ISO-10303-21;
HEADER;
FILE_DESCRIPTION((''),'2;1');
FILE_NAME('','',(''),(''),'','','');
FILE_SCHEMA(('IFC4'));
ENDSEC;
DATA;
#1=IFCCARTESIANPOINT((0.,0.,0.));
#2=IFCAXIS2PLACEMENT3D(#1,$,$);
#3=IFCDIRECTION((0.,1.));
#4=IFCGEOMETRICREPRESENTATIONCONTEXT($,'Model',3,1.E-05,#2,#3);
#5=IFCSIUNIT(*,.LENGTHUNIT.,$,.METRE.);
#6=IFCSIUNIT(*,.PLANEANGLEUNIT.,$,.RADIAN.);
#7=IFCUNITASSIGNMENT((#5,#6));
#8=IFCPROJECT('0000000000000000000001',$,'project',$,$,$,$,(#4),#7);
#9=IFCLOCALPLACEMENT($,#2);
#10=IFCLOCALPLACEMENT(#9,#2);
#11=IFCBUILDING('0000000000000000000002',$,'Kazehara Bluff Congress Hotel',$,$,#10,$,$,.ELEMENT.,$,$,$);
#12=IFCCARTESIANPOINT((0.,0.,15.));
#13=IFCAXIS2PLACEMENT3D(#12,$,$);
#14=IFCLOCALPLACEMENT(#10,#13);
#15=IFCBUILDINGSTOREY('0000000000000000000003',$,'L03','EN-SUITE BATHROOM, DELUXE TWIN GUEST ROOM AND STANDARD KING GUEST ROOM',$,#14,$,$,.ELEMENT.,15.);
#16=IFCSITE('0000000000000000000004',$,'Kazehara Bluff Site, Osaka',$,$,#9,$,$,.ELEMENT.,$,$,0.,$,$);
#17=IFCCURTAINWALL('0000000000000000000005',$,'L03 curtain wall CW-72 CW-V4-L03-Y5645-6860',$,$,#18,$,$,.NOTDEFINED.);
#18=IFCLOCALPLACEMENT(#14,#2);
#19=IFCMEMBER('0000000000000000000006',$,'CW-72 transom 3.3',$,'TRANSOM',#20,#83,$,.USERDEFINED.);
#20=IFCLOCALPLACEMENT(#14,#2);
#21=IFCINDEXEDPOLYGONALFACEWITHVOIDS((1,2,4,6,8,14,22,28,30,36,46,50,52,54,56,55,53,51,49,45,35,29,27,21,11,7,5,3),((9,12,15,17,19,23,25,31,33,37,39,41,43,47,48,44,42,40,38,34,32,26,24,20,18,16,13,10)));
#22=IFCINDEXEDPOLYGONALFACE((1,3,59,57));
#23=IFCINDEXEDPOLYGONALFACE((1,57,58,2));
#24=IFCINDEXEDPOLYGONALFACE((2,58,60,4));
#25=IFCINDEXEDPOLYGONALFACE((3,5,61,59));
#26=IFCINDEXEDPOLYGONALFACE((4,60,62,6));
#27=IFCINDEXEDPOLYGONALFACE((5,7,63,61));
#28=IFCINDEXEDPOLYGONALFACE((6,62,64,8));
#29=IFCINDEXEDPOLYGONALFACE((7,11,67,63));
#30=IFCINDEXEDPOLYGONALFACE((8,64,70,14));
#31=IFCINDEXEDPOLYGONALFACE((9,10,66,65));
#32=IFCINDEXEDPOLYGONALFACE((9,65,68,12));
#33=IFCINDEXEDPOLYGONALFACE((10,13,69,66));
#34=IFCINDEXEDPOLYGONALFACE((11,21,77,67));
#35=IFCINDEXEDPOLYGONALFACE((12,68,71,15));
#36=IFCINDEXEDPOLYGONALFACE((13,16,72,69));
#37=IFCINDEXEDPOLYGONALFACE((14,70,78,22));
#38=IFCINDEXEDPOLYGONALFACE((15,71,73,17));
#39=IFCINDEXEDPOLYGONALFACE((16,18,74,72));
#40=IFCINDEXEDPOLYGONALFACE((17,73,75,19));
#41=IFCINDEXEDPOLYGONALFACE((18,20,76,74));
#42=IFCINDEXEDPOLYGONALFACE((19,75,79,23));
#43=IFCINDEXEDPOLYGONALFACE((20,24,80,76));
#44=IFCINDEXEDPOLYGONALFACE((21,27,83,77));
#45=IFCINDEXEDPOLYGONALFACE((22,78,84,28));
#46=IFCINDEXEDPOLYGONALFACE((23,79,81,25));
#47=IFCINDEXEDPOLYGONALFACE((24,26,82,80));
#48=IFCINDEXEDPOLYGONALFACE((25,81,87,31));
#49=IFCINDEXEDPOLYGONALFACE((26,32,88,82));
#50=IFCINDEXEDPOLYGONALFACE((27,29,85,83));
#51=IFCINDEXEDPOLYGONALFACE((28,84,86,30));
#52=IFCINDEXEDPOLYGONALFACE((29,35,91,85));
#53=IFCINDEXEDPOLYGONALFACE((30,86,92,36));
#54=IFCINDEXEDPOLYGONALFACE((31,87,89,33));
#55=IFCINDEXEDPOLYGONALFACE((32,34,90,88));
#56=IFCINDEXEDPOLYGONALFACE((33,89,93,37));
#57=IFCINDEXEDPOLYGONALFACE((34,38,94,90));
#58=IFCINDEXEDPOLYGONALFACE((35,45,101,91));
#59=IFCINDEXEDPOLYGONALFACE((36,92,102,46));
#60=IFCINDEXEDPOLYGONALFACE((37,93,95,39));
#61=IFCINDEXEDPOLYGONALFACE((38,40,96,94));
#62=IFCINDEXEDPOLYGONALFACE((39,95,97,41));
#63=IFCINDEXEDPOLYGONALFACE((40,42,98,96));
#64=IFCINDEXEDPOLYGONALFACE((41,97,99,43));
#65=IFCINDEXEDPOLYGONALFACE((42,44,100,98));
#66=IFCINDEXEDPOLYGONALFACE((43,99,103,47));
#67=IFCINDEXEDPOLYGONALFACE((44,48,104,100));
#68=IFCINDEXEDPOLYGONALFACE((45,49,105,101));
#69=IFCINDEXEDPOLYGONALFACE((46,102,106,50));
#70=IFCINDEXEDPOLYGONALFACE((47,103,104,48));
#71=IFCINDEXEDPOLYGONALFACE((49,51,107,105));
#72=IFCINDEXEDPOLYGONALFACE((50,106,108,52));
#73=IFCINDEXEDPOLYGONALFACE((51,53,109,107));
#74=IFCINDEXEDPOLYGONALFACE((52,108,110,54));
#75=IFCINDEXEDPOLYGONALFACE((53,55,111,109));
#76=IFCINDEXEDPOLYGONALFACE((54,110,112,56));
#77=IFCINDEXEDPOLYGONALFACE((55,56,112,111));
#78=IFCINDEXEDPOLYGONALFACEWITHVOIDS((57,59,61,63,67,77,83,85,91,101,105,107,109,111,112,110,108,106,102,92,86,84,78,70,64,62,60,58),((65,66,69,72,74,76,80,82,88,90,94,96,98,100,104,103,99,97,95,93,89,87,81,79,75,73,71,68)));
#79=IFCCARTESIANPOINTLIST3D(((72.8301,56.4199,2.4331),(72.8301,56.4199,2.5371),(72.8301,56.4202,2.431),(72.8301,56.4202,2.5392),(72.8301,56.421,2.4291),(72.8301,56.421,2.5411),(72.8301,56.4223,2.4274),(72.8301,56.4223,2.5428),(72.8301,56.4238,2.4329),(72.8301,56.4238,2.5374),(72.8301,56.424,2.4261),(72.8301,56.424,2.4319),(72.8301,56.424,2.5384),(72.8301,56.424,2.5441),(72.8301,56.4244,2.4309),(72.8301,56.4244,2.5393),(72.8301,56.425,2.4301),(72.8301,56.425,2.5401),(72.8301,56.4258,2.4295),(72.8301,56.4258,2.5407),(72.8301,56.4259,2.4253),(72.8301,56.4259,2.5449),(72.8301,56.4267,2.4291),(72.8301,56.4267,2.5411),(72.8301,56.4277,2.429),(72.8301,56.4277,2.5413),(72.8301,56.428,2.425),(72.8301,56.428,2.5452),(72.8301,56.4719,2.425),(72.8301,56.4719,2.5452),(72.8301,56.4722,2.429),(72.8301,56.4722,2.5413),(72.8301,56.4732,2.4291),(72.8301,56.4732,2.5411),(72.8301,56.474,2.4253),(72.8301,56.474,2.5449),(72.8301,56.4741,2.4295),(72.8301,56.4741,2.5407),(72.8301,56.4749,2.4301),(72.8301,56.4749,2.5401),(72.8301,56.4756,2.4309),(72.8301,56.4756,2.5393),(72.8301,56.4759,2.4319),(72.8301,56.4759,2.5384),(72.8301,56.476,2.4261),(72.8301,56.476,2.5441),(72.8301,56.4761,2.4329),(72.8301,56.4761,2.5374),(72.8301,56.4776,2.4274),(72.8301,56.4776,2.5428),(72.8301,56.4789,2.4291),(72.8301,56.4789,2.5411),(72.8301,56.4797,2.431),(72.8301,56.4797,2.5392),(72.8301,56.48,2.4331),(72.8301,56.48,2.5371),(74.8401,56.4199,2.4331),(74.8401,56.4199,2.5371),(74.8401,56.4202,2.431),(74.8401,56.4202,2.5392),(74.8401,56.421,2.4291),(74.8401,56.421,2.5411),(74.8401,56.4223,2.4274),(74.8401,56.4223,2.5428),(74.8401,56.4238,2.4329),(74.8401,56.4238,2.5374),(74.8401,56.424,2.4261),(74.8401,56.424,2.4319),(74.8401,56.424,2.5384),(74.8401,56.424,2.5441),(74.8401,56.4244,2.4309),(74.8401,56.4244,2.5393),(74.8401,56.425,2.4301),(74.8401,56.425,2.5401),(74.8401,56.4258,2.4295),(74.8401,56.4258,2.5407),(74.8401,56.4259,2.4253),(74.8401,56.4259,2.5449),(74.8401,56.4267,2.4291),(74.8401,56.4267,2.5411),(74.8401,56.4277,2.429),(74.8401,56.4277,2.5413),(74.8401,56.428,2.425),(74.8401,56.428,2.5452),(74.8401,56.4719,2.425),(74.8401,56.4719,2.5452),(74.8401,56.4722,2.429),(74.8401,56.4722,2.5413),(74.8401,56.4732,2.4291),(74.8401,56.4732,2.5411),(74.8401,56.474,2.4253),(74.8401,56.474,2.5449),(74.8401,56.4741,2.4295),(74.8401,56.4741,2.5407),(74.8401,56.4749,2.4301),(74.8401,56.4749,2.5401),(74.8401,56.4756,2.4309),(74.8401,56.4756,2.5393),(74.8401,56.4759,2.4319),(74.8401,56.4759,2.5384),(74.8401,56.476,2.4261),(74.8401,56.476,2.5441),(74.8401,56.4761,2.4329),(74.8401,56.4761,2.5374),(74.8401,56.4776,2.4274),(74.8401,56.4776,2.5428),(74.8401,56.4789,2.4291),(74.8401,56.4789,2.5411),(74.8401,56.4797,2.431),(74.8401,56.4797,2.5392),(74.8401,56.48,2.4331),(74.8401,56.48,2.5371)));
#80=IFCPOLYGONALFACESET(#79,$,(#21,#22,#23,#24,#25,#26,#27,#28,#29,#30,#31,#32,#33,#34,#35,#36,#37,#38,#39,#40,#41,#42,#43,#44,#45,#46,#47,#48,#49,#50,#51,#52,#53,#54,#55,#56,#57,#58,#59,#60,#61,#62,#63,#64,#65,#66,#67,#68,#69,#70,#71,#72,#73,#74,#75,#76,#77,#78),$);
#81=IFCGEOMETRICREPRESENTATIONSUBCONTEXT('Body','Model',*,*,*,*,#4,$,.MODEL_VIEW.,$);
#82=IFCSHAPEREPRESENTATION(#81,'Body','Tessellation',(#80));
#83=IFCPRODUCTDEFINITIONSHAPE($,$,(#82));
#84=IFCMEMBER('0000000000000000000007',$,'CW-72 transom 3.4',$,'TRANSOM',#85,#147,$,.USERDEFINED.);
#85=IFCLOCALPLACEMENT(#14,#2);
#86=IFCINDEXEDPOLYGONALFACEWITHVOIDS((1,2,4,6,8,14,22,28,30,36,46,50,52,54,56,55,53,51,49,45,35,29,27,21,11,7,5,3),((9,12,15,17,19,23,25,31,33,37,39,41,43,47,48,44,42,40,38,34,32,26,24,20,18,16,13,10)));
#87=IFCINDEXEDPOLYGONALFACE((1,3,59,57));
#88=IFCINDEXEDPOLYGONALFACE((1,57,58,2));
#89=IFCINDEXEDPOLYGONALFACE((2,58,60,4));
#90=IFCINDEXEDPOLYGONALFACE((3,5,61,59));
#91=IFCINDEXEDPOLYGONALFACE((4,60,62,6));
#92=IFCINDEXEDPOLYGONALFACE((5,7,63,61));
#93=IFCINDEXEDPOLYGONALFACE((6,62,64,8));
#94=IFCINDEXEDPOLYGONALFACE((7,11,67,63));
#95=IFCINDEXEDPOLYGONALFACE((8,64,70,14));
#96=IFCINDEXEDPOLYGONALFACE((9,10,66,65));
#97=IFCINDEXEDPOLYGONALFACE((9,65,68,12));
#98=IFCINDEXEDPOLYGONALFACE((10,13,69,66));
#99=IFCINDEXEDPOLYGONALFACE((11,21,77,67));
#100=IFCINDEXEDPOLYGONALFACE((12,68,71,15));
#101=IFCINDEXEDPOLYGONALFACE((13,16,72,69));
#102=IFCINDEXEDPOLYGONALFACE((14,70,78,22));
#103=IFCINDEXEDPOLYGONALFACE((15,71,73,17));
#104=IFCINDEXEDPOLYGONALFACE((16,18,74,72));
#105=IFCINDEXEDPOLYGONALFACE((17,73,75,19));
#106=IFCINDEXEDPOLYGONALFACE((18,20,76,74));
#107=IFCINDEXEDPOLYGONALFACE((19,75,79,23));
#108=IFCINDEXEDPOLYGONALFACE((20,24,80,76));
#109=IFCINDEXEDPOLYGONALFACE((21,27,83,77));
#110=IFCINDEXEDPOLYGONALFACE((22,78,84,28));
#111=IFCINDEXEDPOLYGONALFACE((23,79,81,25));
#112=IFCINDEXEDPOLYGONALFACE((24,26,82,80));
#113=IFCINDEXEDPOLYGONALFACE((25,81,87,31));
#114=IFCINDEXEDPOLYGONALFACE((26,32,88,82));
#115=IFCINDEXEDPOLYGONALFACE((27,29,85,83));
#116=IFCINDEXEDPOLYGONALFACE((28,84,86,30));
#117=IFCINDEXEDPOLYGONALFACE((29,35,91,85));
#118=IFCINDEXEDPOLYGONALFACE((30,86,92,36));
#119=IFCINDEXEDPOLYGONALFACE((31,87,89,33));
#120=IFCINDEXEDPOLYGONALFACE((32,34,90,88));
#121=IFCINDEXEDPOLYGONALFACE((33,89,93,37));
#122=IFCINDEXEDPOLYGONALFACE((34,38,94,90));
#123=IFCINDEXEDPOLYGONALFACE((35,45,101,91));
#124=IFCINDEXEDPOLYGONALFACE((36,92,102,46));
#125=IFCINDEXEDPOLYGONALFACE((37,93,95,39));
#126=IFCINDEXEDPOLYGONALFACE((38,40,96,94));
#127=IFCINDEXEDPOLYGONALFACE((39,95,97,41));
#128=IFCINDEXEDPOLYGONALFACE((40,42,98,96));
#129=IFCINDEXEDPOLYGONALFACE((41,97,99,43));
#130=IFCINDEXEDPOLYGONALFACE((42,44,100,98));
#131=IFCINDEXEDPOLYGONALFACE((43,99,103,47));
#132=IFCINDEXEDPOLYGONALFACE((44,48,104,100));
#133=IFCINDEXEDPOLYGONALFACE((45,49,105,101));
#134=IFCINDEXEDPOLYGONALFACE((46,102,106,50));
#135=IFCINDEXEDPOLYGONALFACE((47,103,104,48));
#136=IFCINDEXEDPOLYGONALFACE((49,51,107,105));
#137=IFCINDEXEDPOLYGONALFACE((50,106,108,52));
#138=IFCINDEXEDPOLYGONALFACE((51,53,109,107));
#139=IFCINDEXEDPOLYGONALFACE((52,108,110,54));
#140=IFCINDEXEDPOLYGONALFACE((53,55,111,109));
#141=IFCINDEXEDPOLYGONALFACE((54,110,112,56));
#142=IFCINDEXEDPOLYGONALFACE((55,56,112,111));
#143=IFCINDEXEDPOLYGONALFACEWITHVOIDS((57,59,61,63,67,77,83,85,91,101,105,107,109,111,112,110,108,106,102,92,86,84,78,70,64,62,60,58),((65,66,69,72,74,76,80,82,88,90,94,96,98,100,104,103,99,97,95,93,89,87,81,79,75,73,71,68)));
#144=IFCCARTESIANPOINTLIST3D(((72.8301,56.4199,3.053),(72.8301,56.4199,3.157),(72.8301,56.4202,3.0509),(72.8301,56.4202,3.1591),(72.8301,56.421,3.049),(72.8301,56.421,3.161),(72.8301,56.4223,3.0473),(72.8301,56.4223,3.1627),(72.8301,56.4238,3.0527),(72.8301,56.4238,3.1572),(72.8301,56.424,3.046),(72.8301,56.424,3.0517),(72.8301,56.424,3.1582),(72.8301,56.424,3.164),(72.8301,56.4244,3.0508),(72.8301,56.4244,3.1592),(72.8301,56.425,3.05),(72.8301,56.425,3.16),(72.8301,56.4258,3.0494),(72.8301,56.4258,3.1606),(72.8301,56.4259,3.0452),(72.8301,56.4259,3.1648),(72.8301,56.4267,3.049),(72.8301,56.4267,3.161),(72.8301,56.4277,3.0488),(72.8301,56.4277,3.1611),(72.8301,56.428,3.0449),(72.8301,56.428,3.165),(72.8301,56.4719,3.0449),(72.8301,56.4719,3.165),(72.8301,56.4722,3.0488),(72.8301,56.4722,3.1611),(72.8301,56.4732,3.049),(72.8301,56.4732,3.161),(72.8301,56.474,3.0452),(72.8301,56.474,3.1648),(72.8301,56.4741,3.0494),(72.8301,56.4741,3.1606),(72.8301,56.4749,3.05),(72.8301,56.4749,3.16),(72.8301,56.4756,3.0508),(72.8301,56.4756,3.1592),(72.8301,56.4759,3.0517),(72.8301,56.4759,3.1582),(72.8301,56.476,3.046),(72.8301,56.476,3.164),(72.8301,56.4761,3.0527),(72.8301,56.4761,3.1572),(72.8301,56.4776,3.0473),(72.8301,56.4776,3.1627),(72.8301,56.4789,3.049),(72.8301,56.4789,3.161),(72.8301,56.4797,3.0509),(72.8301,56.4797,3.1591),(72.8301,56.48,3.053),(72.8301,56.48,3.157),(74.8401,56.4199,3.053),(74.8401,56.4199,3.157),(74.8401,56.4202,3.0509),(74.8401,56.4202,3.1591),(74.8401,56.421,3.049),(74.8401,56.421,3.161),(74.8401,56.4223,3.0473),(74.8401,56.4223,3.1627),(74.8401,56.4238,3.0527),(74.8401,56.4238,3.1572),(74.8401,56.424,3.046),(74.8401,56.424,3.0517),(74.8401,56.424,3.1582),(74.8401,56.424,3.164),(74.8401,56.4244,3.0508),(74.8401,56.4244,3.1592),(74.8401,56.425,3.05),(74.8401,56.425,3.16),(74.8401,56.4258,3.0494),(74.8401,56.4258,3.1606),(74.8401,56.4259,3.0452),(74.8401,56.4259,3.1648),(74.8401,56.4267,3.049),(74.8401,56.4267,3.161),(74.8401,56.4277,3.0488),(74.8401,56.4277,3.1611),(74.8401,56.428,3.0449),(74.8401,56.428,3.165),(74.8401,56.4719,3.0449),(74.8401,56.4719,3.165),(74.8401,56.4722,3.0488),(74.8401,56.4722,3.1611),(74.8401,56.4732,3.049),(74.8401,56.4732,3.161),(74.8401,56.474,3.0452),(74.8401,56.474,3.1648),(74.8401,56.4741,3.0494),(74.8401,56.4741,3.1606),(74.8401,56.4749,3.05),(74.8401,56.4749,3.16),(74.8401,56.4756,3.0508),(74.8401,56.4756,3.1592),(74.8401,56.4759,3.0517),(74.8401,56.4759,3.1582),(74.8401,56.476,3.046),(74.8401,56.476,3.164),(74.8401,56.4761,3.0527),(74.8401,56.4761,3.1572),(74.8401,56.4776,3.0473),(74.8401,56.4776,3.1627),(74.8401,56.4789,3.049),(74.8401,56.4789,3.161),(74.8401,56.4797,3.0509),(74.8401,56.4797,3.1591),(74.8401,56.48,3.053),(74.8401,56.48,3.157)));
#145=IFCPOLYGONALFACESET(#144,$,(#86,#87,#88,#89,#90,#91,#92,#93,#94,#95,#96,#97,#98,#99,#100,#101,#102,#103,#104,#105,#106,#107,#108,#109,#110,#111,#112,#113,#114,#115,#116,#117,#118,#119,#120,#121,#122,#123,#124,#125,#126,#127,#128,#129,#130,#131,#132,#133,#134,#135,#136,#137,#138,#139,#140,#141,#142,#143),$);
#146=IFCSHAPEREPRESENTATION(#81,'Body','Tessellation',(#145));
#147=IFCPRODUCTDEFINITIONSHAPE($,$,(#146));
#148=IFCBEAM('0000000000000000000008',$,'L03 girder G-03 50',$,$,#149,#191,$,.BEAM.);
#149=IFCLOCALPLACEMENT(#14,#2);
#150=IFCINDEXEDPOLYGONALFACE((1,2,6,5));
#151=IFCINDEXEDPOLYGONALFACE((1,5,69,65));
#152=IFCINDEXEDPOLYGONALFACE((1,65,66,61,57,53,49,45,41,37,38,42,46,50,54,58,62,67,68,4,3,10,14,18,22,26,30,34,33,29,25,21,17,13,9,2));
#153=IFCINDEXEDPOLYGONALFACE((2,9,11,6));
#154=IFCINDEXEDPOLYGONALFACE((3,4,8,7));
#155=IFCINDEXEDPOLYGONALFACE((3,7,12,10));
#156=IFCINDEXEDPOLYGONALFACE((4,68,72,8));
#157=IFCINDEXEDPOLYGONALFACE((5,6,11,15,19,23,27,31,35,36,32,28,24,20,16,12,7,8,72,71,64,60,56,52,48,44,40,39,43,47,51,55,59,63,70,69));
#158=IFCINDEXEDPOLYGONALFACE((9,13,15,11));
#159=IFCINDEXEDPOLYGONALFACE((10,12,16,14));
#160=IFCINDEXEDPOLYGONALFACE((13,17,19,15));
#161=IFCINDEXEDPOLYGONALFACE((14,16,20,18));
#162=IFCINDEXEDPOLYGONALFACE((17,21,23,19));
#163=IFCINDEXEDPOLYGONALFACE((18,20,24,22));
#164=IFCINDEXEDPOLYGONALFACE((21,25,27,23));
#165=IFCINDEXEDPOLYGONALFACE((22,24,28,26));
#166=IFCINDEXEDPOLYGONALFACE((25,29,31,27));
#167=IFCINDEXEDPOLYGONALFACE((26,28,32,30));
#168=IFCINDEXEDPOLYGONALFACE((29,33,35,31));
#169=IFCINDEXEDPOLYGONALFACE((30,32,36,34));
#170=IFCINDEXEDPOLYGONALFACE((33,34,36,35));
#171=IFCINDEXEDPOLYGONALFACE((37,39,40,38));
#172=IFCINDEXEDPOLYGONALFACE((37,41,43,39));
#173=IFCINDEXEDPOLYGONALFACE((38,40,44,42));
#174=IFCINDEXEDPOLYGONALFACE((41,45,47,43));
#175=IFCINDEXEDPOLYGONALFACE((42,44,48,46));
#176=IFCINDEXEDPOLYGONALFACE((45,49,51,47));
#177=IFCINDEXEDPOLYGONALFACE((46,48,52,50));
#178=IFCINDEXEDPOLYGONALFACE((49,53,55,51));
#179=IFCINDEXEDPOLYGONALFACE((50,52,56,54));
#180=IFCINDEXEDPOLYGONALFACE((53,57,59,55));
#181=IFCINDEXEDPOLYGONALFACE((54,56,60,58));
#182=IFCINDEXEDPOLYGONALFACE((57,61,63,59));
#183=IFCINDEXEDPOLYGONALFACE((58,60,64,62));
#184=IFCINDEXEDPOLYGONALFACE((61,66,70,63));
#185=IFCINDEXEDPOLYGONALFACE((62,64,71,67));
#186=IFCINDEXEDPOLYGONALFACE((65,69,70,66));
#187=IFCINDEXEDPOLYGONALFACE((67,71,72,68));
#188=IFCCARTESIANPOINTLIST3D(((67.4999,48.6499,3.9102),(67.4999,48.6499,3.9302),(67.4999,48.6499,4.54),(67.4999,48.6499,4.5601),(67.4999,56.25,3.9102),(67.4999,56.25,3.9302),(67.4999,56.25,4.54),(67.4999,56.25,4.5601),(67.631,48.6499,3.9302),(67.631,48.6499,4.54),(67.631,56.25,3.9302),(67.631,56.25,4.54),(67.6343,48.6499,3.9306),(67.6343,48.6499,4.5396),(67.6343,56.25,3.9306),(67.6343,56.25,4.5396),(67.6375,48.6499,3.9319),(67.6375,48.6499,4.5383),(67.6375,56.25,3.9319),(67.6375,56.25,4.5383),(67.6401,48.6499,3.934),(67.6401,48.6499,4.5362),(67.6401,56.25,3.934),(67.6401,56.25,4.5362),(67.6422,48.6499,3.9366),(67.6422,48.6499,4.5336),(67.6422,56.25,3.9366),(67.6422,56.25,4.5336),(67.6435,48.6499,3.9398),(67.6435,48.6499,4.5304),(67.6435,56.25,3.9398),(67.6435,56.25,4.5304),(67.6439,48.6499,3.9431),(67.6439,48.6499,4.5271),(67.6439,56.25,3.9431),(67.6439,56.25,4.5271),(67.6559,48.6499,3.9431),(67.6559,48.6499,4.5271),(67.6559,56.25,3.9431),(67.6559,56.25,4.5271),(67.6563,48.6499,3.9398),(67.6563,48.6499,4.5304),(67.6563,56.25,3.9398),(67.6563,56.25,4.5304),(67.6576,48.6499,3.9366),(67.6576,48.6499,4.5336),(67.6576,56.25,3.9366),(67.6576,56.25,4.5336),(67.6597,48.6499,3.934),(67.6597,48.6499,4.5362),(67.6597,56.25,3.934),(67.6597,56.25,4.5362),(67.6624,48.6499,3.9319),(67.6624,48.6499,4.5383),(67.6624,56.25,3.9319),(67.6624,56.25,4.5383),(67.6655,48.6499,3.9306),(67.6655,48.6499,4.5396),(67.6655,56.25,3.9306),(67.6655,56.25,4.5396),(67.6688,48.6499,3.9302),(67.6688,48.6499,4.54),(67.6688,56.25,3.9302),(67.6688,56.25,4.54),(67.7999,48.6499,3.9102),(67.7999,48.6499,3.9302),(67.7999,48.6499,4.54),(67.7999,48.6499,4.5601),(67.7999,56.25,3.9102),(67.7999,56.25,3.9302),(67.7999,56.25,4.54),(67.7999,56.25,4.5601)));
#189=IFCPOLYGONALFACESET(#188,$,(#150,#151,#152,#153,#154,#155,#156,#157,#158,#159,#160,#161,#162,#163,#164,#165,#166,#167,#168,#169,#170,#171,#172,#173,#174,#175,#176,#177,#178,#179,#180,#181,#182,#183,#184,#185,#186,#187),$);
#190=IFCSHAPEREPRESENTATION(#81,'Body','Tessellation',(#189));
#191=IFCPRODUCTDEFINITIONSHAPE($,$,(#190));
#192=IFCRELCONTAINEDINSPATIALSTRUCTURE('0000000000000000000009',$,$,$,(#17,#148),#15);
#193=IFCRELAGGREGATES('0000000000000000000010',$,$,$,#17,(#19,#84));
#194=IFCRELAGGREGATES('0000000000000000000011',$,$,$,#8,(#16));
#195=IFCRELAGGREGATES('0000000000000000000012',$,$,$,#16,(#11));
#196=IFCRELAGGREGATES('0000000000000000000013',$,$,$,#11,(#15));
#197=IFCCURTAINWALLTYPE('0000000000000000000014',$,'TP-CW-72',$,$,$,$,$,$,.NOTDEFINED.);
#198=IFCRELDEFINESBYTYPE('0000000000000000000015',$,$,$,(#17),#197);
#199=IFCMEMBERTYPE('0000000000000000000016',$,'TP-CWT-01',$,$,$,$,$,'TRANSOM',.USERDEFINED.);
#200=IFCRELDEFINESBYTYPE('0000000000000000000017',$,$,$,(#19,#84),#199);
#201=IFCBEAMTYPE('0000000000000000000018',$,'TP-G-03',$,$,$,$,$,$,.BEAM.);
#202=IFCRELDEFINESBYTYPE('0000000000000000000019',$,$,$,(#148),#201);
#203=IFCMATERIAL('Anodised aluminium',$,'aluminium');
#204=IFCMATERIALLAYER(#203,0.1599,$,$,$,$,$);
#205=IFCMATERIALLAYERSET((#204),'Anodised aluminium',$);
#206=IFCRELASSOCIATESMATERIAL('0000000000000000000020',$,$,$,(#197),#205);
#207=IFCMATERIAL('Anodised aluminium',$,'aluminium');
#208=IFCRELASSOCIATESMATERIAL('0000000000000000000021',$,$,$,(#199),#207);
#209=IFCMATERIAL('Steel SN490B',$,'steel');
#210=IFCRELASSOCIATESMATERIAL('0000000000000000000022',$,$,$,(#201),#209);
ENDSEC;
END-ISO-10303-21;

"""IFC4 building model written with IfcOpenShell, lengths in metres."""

from ifc_helpers import new_model, si_unit, direction, frame, origin, origin_2d, place, context, subcontext, project, spatial, hollow_rectangle, i_section, extrude, material, layer, layer_set, material_profile, profile_set, type_object, element, aggregate, save


model = new_model("IFC4")

# Units and contexts
model_context = context("Model", 3, precision=1e-05, world=origin(), true_north=direction((0.0, 1.0)))
body_context = subcontext(model_context, "Body", "Model", "MODEL_VIEW")
ifc_project = project(units=[si_unit("LENGTHUNIT", "METRE"), si_unit("PLANEANGLEUNIT", "RADIAN")], contexts=[model_context])

# Site, building, storey
site_placement = place(None, origin())
site = spatial("IfcSite", under=ifc_project, at=site_placement, Name="Kazehara Bluff Site, Osaka", CompositionType="ELEMENT", RefElevation=0.0)
building_placement = place(site_placement, origin())
building = spatial("IfcBuilding", under=site, at=building_placement, Name="Kazehara Bluff Congress Hotel", CompositionType="ELEMENT")
storey_placement = place(building_placement, frame((0.0, 0.0, 15.0)))
storey = spatial("IfcBuildingStorey", under=building, at=storey_placement, Name="L03", Description="EN-SUITE BATHROOM, DELUXE TWIN GUEST ROOM AND STANDARD KING GUEST ROOM", CompositionType="ELEMENT", Elevation=15.0)

# Curtain wall
ifc_material_1 = material(Name="Anodised aluminium", Category="aluminium")
ifc_layer_1 = layer(ifc_material_1, 0.1599)
ifc_layer_set_1 = layer_set([ifc_layer_1], Name="Anodised aluminium")
curtain_wall_type_1 = type_object("IfcCurtainWallType", Name="TP-CW-72", PredefinedType="NOTDEFINED", material=ifc_layer_set_1)
curtain_wall_1_placement = place(storey_placement, origin())
curtain_wall_1 = element("IfcCurtainWall", 1, at=curtain_wall_1_placement, inside=storey, type_object=curtain_wall_type_1, Name="L03 curtain wall CW-72 CW-V4-L03-Y5645-6860", PredefinedType="NOTDEFINED")

# Members
ifc_material_2 = material(Name="Anodised aluminium", Category="aluminium")
ifc_material_profile_1 = material_profile(ifc_material_2, hollow_rectangle(XDim=0.0601, YDim=0.1201, WallThickness=0.0039, InnerFilletRadius=0.0039, OuterFilletRadius=0.0081, at=origin_2d()))
ifc_profile_set_1 = profile_set([ifc_material_profile_1], Name="Anodised aluminium")
member_type_1 = type_object("IfcMemberType", Name="TP-CWT-01", ElementType="TRANSOM", PredefinedType="USERDEFINED", material=ifc_profile_set_1)
member_1_placement = place(storey_placement, frame((72.8301, 56.45, 2.4851), z_axis=(1.0, 0.0, 0.0), x_axis=(0.0, 1.0, 0.0)))
member_1 = element("IfcMember", 2, at=member_1_placement, type_object=member_type_1, Name="CW-72 transom 3.3", ObjectType="TRANSOM", PredefinedType="USERDEFINED", context=body_context, shape_type="SweptSolid", body=[
    extrude(hollow_rectangle(XDim=0.0601, YDim=0.1201, WallThickness=0.0039, InnerFilletRadius=0.0039, OuterFilletRadius=0.0081, at=origin_2d()), origin(), (0.0, 0.0, 1.0), 2.01),
])
member_2_placement = place(storey_placement, frame((72.8301, 56.45, 3.105), z_axis=(1.0, 0.0, 0.0), x_axis=(0.0, 1.0, 0.0)))
member_2 = element("IfcMember", 3, at=member_2_placement, type_object=member_type_1, Name="CW-72 transom 3.4", ObjectType="TRANSOM", PredefinedType="USERDEFINED", context=body_context, shape_type="SweptSolid", body=[
    extrude(hollow_rectangle(XDim=0.0601, YDim=0.1201, WallThickness=0.0039, InnerFilletRadius=0.0039, OuterFilletRadius=0.0081, at=origin_2d()), origin(), (0.0, 0.0, 1.0), 2.01),
])

# Beam
ifc_material_3 = material(Name="Steel SN490B", Category="steel")
ifc_material_profile_2 = material_profile(ifc_material_3, i_section(OverallWidth=0.3, OverallDepth=0.6499, WebThickness=0.012, FlangeThickness=0.02, FilletRadius=0.0129, at=origin_2d()))
ifc_profile_set_2 = profile_set([ifc_material_profile_2], Name="Steel SN490B")
beam_type_1 = type_object("IfcBeamType", Name="TP-G-03", PredefinedType="BEAM", material=ifc_profile_set_2)
beam_1_placement = place(storey_placement, frame((67.6499, 48.6499, 4.2351), z_axis=(0.0, 1.0, 0.0), x_axis=(-1.0, 0.0, 0.0)))
element("IfcBeam", 4, at=beam_1_placement, inside=storey, type_object=beam_type_1, Name="L03 girder G-03 50", PredefinedType="BEAM", context=body_context, shape_type="SweptSolid", body=[
    extrude(i_section(OverallWidth=0.3, OverallDepth=0.6499, WebThickness=0.012, FlangeThickness=0.02, FilletRadius=0.0129, at=origin_2d()), origin(), (0.0, 0.0, 1.0), 7.6001),
])

aggregate(curtain_wall_1, [member_1, member_2])

save(model, "model.ifc")
